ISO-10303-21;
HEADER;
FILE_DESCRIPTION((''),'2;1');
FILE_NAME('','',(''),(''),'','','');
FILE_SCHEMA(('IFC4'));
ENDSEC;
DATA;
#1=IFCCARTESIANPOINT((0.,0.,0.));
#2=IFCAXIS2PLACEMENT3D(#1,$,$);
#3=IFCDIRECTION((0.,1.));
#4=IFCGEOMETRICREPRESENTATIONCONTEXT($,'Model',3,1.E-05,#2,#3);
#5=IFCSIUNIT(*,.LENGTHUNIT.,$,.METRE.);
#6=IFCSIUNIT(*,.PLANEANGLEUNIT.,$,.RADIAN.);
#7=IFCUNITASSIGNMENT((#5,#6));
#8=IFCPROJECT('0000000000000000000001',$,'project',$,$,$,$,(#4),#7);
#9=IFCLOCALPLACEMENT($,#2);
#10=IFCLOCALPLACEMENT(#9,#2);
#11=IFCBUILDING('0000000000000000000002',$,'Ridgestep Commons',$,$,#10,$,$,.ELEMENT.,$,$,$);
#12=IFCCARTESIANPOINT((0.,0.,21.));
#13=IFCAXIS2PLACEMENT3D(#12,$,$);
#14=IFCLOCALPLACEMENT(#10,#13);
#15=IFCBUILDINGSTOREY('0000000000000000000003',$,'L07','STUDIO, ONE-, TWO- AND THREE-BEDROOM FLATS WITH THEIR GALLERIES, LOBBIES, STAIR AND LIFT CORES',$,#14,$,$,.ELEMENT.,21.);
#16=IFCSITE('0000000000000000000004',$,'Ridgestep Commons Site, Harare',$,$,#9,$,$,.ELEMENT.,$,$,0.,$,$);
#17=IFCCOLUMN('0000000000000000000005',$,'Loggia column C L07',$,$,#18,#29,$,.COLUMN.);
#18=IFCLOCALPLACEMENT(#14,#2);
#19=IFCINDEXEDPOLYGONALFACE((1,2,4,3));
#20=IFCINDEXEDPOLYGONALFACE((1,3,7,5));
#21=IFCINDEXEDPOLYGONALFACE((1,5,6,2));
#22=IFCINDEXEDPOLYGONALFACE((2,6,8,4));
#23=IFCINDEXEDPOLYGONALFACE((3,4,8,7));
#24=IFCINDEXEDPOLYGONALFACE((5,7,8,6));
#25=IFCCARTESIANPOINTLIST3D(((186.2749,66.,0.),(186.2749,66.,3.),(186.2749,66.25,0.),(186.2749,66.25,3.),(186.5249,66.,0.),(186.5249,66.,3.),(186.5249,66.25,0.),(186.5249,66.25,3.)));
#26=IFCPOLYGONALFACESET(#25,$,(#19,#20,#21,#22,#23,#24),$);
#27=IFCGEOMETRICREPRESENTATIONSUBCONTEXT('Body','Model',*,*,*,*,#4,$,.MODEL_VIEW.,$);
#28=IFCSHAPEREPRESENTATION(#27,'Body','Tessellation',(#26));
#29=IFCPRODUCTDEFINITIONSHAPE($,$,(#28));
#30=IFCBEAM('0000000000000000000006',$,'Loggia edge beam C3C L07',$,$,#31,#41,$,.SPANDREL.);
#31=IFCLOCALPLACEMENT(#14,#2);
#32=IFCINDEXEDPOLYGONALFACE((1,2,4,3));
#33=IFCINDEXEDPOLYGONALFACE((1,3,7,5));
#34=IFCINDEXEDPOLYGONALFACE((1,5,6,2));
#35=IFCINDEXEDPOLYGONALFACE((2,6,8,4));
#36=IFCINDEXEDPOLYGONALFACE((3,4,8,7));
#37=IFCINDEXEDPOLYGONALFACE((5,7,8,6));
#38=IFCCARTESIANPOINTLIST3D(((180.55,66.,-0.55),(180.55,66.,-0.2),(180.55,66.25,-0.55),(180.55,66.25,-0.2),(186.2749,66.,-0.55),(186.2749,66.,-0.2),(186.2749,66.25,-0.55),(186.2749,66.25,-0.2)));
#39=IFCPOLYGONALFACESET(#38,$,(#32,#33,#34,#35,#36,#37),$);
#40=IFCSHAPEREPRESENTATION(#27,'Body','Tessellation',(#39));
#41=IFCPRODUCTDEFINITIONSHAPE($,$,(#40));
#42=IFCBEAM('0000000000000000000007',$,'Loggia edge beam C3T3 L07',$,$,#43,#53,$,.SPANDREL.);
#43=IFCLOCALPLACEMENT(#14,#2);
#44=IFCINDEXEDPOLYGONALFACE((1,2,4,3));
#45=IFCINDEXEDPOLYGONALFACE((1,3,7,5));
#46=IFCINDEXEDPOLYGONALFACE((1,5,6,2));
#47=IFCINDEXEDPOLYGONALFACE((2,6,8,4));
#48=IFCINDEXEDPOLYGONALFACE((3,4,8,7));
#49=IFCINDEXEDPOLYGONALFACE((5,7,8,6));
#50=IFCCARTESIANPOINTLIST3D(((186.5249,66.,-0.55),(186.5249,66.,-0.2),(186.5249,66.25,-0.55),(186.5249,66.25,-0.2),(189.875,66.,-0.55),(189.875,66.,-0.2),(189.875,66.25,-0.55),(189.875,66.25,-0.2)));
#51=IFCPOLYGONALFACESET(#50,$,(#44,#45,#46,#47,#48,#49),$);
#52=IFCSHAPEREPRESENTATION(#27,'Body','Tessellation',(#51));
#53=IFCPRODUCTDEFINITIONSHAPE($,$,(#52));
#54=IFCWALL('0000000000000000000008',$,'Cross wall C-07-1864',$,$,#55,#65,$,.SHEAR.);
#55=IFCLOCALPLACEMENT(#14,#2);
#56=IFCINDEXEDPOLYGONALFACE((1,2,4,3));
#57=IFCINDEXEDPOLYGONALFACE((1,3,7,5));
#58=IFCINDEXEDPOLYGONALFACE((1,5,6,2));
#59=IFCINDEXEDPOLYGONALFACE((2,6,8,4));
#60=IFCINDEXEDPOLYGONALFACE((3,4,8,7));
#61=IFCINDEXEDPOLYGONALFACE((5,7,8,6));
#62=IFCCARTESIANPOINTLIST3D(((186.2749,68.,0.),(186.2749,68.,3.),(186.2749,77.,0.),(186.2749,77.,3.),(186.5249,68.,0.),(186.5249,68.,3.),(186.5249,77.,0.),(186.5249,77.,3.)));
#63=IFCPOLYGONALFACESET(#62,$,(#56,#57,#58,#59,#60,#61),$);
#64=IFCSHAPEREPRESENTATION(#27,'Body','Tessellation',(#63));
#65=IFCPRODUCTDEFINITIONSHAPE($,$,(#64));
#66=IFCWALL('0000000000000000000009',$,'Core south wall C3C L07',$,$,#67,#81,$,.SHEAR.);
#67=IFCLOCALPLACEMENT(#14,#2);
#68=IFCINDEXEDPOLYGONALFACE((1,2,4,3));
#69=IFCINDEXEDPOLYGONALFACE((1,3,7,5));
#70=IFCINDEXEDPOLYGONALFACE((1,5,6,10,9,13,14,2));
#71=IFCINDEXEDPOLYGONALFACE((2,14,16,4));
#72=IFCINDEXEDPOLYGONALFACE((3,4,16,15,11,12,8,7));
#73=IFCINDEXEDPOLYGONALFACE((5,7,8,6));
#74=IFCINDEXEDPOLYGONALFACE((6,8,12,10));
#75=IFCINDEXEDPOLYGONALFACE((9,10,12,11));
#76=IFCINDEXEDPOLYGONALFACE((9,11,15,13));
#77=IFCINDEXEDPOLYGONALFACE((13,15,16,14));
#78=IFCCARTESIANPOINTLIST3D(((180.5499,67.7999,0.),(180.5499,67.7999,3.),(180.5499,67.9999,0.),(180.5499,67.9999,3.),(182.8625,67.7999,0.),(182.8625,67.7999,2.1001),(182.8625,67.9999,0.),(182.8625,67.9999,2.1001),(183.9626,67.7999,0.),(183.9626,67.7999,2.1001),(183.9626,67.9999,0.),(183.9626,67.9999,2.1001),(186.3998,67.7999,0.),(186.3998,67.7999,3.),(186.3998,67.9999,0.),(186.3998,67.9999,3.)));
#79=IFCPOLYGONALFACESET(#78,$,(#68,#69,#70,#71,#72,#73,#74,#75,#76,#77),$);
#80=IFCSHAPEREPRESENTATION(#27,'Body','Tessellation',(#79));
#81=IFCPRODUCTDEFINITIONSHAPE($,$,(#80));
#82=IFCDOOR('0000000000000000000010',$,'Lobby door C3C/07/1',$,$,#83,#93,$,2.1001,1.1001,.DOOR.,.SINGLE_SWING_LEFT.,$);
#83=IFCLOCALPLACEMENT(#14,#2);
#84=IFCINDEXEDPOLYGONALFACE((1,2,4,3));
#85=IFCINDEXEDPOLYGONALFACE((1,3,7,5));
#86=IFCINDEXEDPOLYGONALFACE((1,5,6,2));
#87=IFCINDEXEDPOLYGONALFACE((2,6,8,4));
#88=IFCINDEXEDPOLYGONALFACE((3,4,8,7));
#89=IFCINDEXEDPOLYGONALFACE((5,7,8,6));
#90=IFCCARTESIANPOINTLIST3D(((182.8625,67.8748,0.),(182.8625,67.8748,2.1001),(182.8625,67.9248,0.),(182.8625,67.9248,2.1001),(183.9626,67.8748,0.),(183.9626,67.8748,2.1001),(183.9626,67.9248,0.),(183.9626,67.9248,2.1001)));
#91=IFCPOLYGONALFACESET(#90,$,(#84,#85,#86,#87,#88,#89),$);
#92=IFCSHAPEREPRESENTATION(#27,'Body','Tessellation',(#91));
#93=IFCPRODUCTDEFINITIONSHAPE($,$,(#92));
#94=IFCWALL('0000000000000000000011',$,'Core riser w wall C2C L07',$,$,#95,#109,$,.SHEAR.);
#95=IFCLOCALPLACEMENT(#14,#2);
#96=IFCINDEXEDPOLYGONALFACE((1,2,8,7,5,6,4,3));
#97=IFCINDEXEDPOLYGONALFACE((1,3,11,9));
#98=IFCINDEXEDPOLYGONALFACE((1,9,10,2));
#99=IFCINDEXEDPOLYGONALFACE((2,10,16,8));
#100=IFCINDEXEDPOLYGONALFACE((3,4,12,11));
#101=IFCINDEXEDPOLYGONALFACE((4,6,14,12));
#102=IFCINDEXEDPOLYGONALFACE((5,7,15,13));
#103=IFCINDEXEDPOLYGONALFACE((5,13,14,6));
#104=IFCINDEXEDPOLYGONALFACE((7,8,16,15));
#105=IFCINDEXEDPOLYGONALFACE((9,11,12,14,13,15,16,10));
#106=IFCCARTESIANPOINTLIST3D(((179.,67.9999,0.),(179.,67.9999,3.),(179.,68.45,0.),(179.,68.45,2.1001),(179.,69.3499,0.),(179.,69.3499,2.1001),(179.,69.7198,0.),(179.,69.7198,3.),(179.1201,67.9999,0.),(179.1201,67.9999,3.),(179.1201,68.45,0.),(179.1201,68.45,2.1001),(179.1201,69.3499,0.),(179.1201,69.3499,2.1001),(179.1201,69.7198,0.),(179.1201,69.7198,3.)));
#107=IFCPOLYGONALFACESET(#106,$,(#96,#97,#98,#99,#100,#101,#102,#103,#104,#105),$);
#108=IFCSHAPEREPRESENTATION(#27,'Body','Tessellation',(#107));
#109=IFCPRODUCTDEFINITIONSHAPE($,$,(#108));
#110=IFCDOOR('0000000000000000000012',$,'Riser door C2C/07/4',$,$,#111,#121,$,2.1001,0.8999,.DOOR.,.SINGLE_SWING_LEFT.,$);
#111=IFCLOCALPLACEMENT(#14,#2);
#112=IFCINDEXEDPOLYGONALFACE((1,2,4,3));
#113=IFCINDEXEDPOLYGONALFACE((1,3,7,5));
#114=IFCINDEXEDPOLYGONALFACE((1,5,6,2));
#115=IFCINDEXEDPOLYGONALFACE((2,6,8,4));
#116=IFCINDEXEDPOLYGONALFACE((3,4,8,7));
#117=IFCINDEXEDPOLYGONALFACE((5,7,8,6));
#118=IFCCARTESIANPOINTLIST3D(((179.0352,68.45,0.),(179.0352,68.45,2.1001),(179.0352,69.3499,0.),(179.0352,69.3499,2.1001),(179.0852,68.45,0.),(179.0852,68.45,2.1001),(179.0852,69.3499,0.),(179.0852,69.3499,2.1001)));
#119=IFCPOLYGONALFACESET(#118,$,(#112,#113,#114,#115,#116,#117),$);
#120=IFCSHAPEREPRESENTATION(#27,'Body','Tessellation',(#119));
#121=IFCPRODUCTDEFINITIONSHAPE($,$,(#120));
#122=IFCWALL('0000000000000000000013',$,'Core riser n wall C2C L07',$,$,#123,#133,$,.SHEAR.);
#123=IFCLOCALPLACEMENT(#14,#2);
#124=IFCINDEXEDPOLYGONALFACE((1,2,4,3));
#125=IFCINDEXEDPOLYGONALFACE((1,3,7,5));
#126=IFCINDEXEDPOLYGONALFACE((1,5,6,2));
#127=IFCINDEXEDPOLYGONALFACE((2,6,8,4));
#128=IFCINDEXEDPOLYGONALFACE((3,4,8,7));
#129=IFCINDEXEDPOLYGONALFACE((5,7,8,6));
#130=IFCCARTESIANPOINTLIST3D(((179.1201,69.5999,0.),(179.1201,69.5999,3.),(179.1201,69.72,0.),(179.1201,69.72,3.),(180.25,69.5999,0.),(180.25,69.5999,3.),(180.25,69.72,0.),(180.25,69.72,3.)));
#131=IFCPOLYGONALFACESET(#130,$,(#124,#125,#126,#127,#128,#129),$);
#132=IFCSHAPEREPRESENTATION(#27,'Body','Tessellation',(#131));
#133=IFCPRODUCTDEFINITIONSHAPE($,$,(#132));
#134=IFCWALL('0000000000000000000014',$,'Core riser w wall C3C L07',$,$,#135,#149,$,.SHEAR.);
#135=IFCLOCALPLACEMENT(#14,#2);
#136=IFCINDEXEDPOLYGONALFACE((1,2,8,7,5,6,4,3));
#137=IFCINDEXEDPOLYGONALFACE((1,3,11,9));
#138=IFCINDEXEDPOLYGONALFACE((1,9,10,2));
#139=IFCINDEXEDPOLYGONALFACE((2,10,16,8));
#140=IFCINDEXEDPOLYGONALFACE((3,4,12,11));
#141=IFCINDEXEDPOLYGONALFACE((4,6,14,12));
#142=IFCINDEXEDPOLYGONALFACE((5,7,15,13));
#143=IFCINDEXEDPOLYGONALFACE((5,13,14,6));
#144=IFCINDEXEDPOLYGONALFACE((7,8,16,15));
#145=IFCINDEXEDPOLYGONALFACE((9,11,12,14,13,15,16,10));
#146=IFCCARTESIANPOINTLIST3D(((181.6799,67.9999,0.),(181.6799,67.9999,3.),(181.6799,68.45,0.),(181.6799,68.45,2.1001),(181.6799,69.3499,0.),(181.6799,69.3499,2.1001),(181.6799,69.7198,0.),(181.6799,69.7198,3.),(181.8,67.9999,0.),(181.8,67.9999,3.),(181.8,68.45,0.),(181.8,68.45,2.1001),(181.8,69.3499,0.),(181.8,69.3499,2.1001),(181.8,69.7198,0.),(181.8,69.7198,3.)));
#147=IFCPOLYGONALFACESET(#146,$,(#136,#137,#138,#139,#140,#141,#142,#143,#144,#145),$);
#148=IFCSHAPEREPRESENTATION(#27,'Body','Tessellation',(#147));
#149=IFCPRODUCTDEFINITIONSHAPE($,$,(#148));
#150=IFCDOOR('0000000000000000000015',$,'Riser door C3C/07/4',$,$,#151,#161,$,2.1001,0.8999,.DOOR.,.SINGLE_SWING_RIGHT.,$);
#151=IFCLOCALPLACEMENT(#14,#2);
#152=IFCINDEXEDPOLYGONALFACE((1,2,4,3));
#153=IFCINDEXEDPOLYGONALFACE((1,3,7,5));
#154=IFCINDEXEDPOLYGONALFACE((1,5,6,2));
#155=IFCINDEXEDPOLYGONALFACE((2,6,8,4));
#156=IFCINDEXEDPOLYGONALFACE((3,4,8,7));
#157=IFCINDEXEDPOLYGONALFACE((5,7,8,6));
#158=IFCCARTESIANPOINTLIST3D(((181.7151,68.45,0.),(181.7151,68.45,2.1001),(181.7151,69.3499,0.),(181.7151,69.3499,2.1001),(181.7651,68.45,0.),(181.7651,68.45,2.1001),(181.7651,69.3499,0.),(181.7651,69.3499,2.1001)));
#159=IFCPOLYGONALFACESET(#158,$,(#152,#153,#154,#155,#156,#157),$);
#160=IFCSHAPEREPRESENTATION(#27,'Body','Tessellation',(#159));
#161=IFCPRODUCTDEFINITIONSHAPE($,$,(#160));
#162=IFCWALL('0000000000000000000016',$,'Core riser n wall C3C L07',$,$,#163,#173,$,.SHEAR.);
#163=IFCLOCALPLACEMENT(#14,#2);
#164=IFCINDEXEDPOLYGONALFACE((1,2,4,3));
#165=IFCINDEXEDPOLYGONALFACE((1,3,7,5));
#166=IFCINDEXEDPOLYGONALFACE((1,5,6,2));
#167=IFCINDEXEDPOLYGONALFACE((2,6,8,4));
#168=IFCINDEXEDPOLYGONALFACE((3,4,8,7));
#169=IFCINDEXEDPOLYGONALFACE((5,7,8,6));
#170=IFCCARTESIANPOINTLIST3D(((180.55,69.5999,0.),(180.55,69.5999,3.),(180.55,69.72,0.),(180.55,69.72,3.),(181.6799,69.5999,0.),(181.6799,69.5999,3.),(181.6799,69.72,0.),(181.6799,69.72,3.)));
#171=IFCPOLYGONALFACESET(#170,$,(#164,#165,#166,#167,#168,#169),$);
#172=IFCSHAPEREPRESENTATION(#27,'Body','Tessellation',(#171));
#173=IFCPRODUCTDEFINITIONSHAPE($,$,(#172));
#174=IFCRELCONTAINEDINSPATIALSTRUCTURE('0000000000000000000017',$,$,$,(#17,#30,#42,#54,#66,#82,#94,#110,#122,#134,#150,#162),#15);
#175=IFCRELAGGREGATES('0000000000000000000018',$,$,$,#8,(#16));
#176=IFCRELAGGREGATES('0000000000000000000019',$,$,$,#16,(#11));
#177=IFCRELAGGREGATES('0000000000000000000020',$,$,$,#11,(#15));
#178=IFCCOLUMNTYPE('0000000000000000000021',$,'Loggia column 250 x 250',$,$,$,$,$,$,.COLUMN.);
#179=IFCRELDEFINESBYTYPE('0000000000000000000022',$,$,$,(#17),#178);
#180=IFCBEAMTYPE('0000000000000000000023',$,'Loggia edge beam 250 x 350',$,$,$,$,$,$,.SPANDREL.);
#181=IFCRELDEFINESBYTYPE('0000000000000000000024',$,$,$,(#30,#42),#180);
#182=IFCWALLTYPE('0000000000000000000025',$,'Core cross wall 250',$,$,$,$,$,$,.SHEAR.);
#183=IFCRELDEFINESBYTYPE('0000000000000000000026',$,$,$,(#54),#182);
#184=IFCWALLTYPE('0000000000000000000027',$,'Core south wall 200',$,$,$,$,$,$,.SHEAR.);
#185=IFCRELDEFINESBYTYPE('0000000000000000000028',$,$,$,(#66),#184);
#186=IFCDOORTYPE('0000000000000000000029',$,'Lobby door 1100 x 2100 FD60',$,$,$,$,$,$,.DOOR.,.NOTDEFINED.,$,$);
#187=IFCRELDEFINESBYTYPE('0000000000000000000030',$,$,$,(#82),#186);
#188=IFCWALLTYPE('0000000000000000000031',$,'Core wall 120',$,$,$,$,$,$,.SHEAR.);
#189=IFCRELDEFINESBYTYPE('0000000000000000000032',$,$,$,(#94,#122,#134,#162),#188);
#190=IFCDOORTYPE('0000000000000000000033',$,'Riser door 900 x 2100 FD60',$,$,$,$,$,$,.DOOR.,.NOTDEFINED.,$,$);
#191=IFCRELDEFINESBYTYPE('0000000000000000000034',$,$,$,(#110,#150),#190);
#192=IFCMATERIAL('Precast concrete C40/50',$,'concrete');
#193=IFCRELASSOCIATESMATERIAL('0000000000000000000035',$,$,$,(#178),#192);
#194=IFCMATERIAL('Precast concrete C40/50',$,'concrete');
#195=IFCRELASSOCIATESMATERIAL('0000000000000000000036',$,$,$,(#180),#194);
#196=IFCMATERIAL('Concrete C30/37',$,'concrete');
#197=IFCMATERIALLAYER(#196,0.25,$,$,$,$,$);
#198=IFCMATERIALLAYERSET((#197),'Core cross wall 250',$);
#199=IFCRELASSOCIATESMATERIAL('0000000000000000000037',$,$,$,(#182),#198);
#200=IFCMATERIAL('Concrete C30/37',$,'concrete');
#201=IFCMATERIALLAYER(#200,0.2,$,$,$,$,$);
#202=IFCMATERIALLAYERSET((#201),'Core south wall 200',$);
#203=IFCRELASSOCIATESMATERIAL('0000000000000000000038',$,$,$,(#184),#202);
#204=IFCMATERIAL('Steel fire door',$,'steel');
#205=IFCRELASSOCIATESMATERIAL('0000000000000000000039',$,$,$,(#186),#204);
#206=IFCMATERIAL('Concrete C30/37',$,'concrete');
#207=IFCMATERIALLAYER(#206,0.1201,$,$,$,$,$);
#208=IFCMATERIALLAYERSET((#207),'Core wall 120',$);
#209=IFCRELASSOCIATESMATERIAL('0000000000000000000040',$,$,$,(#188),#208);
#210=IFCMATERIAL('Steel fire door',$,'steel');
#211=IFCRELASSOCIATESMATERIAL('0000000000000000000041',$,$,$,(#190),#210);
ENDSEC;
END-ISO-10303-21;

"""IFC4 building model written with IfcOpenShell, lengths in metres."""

from ifc_helpers import new_model, si_unit, direction, frame, frame_2d, origin, origin_2d, place, context, subcontext, project, spatial, rectangle, extrude, material, layer, layer_set, material_profile, profile_set, type_object, element, fill, save


model = new_model("IFC4")

# Units and contexts
model_context = context("Model", 3, precision=1e-05, world=origin(), true_north=direction((0.0, 1.0)))
body_context = subcontext(model_context, "Body", "Model", "MODEL_VIEW")
ifc_project = project(units=[si_unit("LENGTHUNIT", "METRE"), si_unit("PLANEANGLEUNIT", "RADIAN")], contexts=[model_context])

# Site, building, storey
site_placement = place(None, origin())
site = spatial("IfcSite", under=ifc_project, at=site_placement, Name="Ridgestep Commons Site, Harare", CompositionType="ELEMENT", RefElevation=0.0)
building_placement = place(site_placement, origin())
building = spatial("IfcBuilding", under=site, at=building_placement, Name="Ridgestep Commons", CompositionType="ELEMENT")
storey_placement = place(building_placement, frame((0.0, 0.0, 21.0)))
storey = spatial("IfcBuildingStorey", under=building, at=storey_placement, Name="L07", Description="STUDIO, ONE-, TWO- AND THREE-BEDROOM FLATS WITH THEIR GALLERIES, LOBBIES, STAIR AND LIFT CORES", CompositionType="ELEMENT", Elevation=21.0)

# Column
ifc_material_1 = material(Name="Precast concrete C40/50", Category="concrete")
ifc_material_profile_1 = material_profile(ifc_material_1, rectangle(XDim=0.25, YDim=0.25, at=origin_2d()), Name="PC 250x250")
ifc_profile_set_1 = profile_set([ifc_material_profile_1], Name="Precast concrete C40/50")
column_type = type_object("IfcColumnType", Name="Loggia column 250 x 250", PredefinedType="COLUMN", material=ifc_profile_set_1)
column_placement = place(storey_placement, frame((186.3999, 66.125, 0.0), z_axis=(0.0, 0.0, 1.0), x_axis=(1.0, 0.0, 0.0)))
element("IfcColumn", 1, at=column_placement, inside=storey, type_object=column_type, Name="Loggia column C L07", PredefinedType="COLUMN", context=body_context, shape_type="SweptSolid", body=[
    extrude(rectangle(XDim=0.25, YDim=0.25, at=origin_2d()), origin(), (0.0, 0.0, 1.0), 3.0),
])

# Beams
ifc_material_2 = material(Name="Precast concrete C40/50", Category="concrete")
ifc_material_profile_2 = material_profile(ifc_material_2, rectangle(XDim=0.25, YDim=0.3501, at=origin_2d()), Name="PC 250x350")
ifc_profile_set_2 = profile_set([ifc_material_profile_2], Name="Precast concrete C40/50")
beam_type = type_object("IfcBeamType", Name="Loggia edge beam 250 x 350", PredefinedType="SPANDREL", material=ifc_profile_set_2)
beam_1_placement = place(storey_placement, frame((180.55, 66.125, -0.375), z_axis=(1.0, 0.0, 0.0), x_axis=(0.0, 1.0, 0.0)))
element("IfcBeam", 2, at=beam_1_placement, inside=storey, type_object=beam_type, Name="Loggia edge beam C3C L07", PredefinedType="SPANDREL", context=body_context, shape_type="SweptSolid", body=[
    extrude(rectangle(XDim=0.25, YDim=0.3501, at=origin_2d()), origin(), (0.0, 0.0, 1.0), 5.7249),
])
beam_2_placement = place(storey_placement, frame((186.5249, 66.125, -0.375), z_axis=(1.0, 0.0, 0.0), x_axis=(0.0, 1.0, 0.0)))
element("IfcBeam", 3, at=beam_2_placement, inside=storey, type_object=beam_type, Name="Loggia edge beam C3T3 L07", PredefinedType="SPANDREL", context=body_context, shape_type="SweptSolid", body=[
    extrude(rectangle(XDim=0.25, YDim=0.3501, at=origin_2d()), origin(), (0.0, 0.0, 1.0), 3.3501),
])

# Wall
ifc_material_3 = material(Name="Concrete C30/37", Category="concrete")
ifc_layer_1 = layer(ifc_material_3, 0.25)
ifc_layer_set_1 = layer_set([ifc_layer_1], Name="Core cross wall 250")
wall_type_1 = type_object("IfcWallType", Name="Core cross wall 250", PredefinedType="SHEAR", material=ifc_layer_set_1)
wall_1_placement = place(storey_placement, frame((186.3999, 68.0, 0.0), z_axis=(0.0, 0.0, 1.0), x_axis=(0.0, 1.0, 0.0)))
element("IfcWall", 4, at=wall_1_placement, inside=storey, type_object=wall_type_1, Name="Cross wall C-07-1864", PredefinedType="SHEAR", context=body_context, shape_type="SweptSolid", body=[
    extrude(rectangle(XDim=9.0, YDim=0.25, at=frame_2d((4.5, 0.0))), origin(), (0.0, 0.0, 1.0), 3.0),
])

# Walls, openings, doors
ifc_material_4 = material(Name="Concrete C30/37", Category="concrete")
ifc_layer_2 = layer(ifc_material_4, 0.2)
ifc_layer_set_2 = layer_set([ifc_layer_2], Name="Core south wall 200")
wall_type_2 = type_object("IfcWallType", Name="Core south wall 200", PredefinedType="SHEAR", material=ifc_layer_set_2)
wall_2_placement = place(storey_placement, frame((180.55, 67.8999, 0.0), z_axis=(0.0, 0.0, 1.0), x_axis=(1.0, 0.0, 0.0)))
wall_2 = element("IfcWall", 5, at=wall_2_placement, inside=storey, type_object=wall_type_2, Name="Core south wall C3C L07", PredefinedType="SHEAR", context=body_context, shape_type="SweptSolid", body=[
    extrude(rectangle(XDim=5.8499, YDim=0.2, at=frame_2d((2.9248, 0.0))), origin(), (0.0, 0.0, 1.0), 3.0),
])
opening_1_placement = place(wall_2_placement, frame((2.3125, 0.0, 0.0)))
opening_1 = element("IfcOpeningElement", 6, at=opening_1_placement, cuts=wall_2, PredefinedType="OPENING", context=body_context, shape_type="SweptSolid", body=[
    extrude(rectangle(XDim=1.1001, YDim=2.1001, at=frame_2d((0.55, 1.05))), frame((0.0, 0.1099, 0.0), z_axis=(0.0, -1.0, 0.0), x_axis=(1.0, 0.0, 0.0)), (0.0, 0.0, 1.0), 0.22),
])
ifc_material_5 = material(Name="Steel fire door", Category="steel")
door_type_1 = type_object("IfcDoorType", Name="Lobby door 1100 x 2100 FD60", OperationType="NOTDEFINED", PredefinedType="DOOR", material=ifc_material_5)
door_1_placement = place(opening_1_placement, origin())
door_1 = element("IfcDoor", 7, at=door_1_placement, inside=storey, type_object=door_type_1, Name="Lobby door C3C/07/1", OperationType="SINGLE_SWING_LEFT", OverallHeight=2.1001, OverallWidth=1.1001, PredefinedType="DOOR", context=body_context, shape_type="SweptSolid", body=[
    extrude(rectangle(XDim=1.1001, YDim=2.1001, at=frame_2d((0.55, 1.05))), frame((0.0, 0.0249, 0.0), z_axis=(0.0, -1.0, 0.0), x_axis=(1.0, 0.0, 0.0)), (0.0, 0.0, 1.0), 0.05),
])
fill(opening_1, door_1)
ifc_material_6 = material(Name="Concrete C30/37", Category="concrete")
ifc_layer_3 = layer(ifc_material_6, 0.1201)
ifc_layer_set_3 = layer_set([ifc_layer_3], Name="Core wall 120")
wall_type_3 = type_object("IfcWallType", Name="Core wall 120", PredefinedType="SHEAR", material=ifc_layer_set_3)
wall_3_placement = place(storey_placement, frame((179.0601, 68.0, 0.0), z_axis=(0.0, 0.0, 1.0), x_axis=(0.0, 1.0, 0.0)))
wall_3 = element("IfcWall", 8, at=wall_3_placement, inside=storey, type_object=wall_type_3, Name="Core riser w wall C2C L07", PredefinedType="SHEAR", context=body_context, shape_type="SweptSolid", body=[
    extrude(rectangle(XDim=1.72, YDim=0.1201, at=frame_2d((0.8599, 0.0))), origin(), (0.0, 0.0, 1.0), 3.0),
])
opening_2_placement = place(wall_3_placement, frame((0.45, 0.0, 0.0)))
opening_2 = element("IfcOpeningElement", 9, at=opening_2_placement, cuts=wall_3, PredefinedType="OPENING", context=body_context, shape_type="SweptSolid", body=[
    extrude(rectangle(XDim=0.8999, YDim=2.1001, at=frame_2d((0.45, 1.05))), frame((0.0, 0.0701, 0.0), z_axis=(0.0, -1.0, 0.0), x_axis=(1.0, 0.0, 0.0)), (0.0, 0.0, 1.0), 0.1401),
])
ifc_material_7 = material(Name="Steel fire door", Category="steel")
door_type_2 = type_object("IfcDoorType", Name="Riser door 900 x 2100 FD60", OperationType="NOTDEFINED", PredefinedType="DOOR", material=ifc_material_7)
door_2_placement = place(opening_2_placement, origin())
door_2 = element("IfcDoor", 10, at=door_2_placement, inside=storey, type_object=door_type_2, Name="Riser door C2C/07/4", OperationType="SINGLE_SWING_LEFT", OverallHeight=2.1001, OverallWidth=0.8999, PredefinedType="DOOR", context=body_context, shape_type="SweptSolid", body=[
    extrude(rectangle(XDim=0.8999, YDim=2.1001, at=frame_2d((0.45, 1.05))), frame((0.0, 0.0249, 0.0), z_axis=(0.0, -1.0, 0.0), x_axis=(1.0, 0.0, 0.0)), (0.0, 0.0, 1.0), 0.05),
])
fill(opening_2, door_2)

# Wall
wall_4_placement = place(storey_placement, frame((179.1201, 69.6599, 0.0), z_axis=(0.0, 0.0, 1.0), x_axis=(1.0, 0.0, 0.0)))
element("IfcWall", 11, at=wall_4_placement, inside=storey, type_object=wall_type_3, Name="Core riser n wall C2C L07", PredefinedType="SHEAR", context=body_context, shape_type="SweptSolid", body=[
    extrude(rectangle(XDim=1.1299, YDim=0.1201, at=frame_2d((0.5649, 0.0))), origin(), (0.0, 0.0, 1.0), 3.0),
])

# Wall, opening, door
wall_5_placement = place(storey_placement, frame((181.74, 68.0, 0.0), z_axis=(0.0, 0.0, 1.0), x_axis=(0.0, 1.0, 0.0)))
wall_5 = element("IfcWall", 12, at=wall_5_placement, inside=storey, type_object=wall_type_3, Name="Core riser w wall C3C L07", PredefinedType="SHEAR", context=body_context, shape_type="SweptSolid", body=[
    extrude(rectangle(XDim=1.72, YDim=0.1201, at=frame_2d((0.8599, 0.0))), origin(), (0.0, 0.0, 1.0), 3.0),
])
opening_3_placement = place(wall_5_placement, frame((0.45, 0.0, 0.0)))
opening_3 = element("IfcOpeningElement", 13, at=opening_3_placement, cuts=wall_5, PredefinedType="OPENING", context=body_context, shape_type="SweptSolid", body=[
    extrude(rectangle(XDim=0.8999, YDim=2.1001, at=frame_2d((0.45, 1.05))), frame((0.0, 0.0701, 0.0), z_axis=(0.0, -1.0, 0.0), x_axis=(1.0, 0.0, 0.0)), (0.0, 0.0, 1.0), 0.1401),
])
door_3_placement = place(opening_3_placement, origin())
door_3 = element("IfcDoor", 14, at=door_3_placement, inside=storey, type_object=door_type_2, Name="Riser door C3C/07/4", OperationType="SINGLE_SWING_RIGHT", OverallHeight=2.1001, OverallWidth=0.8999, PredefinedType="DOOR", context=body_context, shape_type="SweptSolid", body=[
    extrude(rectangle(XDim=0.8999, YDim=2.1001, at=frame_2d((0.45, 1.05))), frame((0.0, 0.0249, 0.0), z_axis=(0.0, -1.0, 0.0), x_axis=(1.0, 0.0, 0.0)), (0.0, 0.0, 1.0), 0.05),
])
fill(opening_3, door_3)

# Wall
wall_6_placement = place(storey_placement, frame((180.55, 69.6599, 0.0), z_axis=(0.0, 0.0, 1.0), x_axis=(1.0, 0.0, 0.0)))
element("IfcWall", 15, at=wall_6_placement, inside=storey, type_object=wall_type_3, Name="Core riser n wall C3C L07", PredefinedType="SHEAR", context=body_context, shape_type="SweptSolid", body=[
    extrude(rectangle(XDim=1.1299, YDim=0.1201, at=frame_2d((0.5649, 0.0))), origin(), (0.0, 0.0, 1.0), 3.0),
])

save(model, "model.ifc")
